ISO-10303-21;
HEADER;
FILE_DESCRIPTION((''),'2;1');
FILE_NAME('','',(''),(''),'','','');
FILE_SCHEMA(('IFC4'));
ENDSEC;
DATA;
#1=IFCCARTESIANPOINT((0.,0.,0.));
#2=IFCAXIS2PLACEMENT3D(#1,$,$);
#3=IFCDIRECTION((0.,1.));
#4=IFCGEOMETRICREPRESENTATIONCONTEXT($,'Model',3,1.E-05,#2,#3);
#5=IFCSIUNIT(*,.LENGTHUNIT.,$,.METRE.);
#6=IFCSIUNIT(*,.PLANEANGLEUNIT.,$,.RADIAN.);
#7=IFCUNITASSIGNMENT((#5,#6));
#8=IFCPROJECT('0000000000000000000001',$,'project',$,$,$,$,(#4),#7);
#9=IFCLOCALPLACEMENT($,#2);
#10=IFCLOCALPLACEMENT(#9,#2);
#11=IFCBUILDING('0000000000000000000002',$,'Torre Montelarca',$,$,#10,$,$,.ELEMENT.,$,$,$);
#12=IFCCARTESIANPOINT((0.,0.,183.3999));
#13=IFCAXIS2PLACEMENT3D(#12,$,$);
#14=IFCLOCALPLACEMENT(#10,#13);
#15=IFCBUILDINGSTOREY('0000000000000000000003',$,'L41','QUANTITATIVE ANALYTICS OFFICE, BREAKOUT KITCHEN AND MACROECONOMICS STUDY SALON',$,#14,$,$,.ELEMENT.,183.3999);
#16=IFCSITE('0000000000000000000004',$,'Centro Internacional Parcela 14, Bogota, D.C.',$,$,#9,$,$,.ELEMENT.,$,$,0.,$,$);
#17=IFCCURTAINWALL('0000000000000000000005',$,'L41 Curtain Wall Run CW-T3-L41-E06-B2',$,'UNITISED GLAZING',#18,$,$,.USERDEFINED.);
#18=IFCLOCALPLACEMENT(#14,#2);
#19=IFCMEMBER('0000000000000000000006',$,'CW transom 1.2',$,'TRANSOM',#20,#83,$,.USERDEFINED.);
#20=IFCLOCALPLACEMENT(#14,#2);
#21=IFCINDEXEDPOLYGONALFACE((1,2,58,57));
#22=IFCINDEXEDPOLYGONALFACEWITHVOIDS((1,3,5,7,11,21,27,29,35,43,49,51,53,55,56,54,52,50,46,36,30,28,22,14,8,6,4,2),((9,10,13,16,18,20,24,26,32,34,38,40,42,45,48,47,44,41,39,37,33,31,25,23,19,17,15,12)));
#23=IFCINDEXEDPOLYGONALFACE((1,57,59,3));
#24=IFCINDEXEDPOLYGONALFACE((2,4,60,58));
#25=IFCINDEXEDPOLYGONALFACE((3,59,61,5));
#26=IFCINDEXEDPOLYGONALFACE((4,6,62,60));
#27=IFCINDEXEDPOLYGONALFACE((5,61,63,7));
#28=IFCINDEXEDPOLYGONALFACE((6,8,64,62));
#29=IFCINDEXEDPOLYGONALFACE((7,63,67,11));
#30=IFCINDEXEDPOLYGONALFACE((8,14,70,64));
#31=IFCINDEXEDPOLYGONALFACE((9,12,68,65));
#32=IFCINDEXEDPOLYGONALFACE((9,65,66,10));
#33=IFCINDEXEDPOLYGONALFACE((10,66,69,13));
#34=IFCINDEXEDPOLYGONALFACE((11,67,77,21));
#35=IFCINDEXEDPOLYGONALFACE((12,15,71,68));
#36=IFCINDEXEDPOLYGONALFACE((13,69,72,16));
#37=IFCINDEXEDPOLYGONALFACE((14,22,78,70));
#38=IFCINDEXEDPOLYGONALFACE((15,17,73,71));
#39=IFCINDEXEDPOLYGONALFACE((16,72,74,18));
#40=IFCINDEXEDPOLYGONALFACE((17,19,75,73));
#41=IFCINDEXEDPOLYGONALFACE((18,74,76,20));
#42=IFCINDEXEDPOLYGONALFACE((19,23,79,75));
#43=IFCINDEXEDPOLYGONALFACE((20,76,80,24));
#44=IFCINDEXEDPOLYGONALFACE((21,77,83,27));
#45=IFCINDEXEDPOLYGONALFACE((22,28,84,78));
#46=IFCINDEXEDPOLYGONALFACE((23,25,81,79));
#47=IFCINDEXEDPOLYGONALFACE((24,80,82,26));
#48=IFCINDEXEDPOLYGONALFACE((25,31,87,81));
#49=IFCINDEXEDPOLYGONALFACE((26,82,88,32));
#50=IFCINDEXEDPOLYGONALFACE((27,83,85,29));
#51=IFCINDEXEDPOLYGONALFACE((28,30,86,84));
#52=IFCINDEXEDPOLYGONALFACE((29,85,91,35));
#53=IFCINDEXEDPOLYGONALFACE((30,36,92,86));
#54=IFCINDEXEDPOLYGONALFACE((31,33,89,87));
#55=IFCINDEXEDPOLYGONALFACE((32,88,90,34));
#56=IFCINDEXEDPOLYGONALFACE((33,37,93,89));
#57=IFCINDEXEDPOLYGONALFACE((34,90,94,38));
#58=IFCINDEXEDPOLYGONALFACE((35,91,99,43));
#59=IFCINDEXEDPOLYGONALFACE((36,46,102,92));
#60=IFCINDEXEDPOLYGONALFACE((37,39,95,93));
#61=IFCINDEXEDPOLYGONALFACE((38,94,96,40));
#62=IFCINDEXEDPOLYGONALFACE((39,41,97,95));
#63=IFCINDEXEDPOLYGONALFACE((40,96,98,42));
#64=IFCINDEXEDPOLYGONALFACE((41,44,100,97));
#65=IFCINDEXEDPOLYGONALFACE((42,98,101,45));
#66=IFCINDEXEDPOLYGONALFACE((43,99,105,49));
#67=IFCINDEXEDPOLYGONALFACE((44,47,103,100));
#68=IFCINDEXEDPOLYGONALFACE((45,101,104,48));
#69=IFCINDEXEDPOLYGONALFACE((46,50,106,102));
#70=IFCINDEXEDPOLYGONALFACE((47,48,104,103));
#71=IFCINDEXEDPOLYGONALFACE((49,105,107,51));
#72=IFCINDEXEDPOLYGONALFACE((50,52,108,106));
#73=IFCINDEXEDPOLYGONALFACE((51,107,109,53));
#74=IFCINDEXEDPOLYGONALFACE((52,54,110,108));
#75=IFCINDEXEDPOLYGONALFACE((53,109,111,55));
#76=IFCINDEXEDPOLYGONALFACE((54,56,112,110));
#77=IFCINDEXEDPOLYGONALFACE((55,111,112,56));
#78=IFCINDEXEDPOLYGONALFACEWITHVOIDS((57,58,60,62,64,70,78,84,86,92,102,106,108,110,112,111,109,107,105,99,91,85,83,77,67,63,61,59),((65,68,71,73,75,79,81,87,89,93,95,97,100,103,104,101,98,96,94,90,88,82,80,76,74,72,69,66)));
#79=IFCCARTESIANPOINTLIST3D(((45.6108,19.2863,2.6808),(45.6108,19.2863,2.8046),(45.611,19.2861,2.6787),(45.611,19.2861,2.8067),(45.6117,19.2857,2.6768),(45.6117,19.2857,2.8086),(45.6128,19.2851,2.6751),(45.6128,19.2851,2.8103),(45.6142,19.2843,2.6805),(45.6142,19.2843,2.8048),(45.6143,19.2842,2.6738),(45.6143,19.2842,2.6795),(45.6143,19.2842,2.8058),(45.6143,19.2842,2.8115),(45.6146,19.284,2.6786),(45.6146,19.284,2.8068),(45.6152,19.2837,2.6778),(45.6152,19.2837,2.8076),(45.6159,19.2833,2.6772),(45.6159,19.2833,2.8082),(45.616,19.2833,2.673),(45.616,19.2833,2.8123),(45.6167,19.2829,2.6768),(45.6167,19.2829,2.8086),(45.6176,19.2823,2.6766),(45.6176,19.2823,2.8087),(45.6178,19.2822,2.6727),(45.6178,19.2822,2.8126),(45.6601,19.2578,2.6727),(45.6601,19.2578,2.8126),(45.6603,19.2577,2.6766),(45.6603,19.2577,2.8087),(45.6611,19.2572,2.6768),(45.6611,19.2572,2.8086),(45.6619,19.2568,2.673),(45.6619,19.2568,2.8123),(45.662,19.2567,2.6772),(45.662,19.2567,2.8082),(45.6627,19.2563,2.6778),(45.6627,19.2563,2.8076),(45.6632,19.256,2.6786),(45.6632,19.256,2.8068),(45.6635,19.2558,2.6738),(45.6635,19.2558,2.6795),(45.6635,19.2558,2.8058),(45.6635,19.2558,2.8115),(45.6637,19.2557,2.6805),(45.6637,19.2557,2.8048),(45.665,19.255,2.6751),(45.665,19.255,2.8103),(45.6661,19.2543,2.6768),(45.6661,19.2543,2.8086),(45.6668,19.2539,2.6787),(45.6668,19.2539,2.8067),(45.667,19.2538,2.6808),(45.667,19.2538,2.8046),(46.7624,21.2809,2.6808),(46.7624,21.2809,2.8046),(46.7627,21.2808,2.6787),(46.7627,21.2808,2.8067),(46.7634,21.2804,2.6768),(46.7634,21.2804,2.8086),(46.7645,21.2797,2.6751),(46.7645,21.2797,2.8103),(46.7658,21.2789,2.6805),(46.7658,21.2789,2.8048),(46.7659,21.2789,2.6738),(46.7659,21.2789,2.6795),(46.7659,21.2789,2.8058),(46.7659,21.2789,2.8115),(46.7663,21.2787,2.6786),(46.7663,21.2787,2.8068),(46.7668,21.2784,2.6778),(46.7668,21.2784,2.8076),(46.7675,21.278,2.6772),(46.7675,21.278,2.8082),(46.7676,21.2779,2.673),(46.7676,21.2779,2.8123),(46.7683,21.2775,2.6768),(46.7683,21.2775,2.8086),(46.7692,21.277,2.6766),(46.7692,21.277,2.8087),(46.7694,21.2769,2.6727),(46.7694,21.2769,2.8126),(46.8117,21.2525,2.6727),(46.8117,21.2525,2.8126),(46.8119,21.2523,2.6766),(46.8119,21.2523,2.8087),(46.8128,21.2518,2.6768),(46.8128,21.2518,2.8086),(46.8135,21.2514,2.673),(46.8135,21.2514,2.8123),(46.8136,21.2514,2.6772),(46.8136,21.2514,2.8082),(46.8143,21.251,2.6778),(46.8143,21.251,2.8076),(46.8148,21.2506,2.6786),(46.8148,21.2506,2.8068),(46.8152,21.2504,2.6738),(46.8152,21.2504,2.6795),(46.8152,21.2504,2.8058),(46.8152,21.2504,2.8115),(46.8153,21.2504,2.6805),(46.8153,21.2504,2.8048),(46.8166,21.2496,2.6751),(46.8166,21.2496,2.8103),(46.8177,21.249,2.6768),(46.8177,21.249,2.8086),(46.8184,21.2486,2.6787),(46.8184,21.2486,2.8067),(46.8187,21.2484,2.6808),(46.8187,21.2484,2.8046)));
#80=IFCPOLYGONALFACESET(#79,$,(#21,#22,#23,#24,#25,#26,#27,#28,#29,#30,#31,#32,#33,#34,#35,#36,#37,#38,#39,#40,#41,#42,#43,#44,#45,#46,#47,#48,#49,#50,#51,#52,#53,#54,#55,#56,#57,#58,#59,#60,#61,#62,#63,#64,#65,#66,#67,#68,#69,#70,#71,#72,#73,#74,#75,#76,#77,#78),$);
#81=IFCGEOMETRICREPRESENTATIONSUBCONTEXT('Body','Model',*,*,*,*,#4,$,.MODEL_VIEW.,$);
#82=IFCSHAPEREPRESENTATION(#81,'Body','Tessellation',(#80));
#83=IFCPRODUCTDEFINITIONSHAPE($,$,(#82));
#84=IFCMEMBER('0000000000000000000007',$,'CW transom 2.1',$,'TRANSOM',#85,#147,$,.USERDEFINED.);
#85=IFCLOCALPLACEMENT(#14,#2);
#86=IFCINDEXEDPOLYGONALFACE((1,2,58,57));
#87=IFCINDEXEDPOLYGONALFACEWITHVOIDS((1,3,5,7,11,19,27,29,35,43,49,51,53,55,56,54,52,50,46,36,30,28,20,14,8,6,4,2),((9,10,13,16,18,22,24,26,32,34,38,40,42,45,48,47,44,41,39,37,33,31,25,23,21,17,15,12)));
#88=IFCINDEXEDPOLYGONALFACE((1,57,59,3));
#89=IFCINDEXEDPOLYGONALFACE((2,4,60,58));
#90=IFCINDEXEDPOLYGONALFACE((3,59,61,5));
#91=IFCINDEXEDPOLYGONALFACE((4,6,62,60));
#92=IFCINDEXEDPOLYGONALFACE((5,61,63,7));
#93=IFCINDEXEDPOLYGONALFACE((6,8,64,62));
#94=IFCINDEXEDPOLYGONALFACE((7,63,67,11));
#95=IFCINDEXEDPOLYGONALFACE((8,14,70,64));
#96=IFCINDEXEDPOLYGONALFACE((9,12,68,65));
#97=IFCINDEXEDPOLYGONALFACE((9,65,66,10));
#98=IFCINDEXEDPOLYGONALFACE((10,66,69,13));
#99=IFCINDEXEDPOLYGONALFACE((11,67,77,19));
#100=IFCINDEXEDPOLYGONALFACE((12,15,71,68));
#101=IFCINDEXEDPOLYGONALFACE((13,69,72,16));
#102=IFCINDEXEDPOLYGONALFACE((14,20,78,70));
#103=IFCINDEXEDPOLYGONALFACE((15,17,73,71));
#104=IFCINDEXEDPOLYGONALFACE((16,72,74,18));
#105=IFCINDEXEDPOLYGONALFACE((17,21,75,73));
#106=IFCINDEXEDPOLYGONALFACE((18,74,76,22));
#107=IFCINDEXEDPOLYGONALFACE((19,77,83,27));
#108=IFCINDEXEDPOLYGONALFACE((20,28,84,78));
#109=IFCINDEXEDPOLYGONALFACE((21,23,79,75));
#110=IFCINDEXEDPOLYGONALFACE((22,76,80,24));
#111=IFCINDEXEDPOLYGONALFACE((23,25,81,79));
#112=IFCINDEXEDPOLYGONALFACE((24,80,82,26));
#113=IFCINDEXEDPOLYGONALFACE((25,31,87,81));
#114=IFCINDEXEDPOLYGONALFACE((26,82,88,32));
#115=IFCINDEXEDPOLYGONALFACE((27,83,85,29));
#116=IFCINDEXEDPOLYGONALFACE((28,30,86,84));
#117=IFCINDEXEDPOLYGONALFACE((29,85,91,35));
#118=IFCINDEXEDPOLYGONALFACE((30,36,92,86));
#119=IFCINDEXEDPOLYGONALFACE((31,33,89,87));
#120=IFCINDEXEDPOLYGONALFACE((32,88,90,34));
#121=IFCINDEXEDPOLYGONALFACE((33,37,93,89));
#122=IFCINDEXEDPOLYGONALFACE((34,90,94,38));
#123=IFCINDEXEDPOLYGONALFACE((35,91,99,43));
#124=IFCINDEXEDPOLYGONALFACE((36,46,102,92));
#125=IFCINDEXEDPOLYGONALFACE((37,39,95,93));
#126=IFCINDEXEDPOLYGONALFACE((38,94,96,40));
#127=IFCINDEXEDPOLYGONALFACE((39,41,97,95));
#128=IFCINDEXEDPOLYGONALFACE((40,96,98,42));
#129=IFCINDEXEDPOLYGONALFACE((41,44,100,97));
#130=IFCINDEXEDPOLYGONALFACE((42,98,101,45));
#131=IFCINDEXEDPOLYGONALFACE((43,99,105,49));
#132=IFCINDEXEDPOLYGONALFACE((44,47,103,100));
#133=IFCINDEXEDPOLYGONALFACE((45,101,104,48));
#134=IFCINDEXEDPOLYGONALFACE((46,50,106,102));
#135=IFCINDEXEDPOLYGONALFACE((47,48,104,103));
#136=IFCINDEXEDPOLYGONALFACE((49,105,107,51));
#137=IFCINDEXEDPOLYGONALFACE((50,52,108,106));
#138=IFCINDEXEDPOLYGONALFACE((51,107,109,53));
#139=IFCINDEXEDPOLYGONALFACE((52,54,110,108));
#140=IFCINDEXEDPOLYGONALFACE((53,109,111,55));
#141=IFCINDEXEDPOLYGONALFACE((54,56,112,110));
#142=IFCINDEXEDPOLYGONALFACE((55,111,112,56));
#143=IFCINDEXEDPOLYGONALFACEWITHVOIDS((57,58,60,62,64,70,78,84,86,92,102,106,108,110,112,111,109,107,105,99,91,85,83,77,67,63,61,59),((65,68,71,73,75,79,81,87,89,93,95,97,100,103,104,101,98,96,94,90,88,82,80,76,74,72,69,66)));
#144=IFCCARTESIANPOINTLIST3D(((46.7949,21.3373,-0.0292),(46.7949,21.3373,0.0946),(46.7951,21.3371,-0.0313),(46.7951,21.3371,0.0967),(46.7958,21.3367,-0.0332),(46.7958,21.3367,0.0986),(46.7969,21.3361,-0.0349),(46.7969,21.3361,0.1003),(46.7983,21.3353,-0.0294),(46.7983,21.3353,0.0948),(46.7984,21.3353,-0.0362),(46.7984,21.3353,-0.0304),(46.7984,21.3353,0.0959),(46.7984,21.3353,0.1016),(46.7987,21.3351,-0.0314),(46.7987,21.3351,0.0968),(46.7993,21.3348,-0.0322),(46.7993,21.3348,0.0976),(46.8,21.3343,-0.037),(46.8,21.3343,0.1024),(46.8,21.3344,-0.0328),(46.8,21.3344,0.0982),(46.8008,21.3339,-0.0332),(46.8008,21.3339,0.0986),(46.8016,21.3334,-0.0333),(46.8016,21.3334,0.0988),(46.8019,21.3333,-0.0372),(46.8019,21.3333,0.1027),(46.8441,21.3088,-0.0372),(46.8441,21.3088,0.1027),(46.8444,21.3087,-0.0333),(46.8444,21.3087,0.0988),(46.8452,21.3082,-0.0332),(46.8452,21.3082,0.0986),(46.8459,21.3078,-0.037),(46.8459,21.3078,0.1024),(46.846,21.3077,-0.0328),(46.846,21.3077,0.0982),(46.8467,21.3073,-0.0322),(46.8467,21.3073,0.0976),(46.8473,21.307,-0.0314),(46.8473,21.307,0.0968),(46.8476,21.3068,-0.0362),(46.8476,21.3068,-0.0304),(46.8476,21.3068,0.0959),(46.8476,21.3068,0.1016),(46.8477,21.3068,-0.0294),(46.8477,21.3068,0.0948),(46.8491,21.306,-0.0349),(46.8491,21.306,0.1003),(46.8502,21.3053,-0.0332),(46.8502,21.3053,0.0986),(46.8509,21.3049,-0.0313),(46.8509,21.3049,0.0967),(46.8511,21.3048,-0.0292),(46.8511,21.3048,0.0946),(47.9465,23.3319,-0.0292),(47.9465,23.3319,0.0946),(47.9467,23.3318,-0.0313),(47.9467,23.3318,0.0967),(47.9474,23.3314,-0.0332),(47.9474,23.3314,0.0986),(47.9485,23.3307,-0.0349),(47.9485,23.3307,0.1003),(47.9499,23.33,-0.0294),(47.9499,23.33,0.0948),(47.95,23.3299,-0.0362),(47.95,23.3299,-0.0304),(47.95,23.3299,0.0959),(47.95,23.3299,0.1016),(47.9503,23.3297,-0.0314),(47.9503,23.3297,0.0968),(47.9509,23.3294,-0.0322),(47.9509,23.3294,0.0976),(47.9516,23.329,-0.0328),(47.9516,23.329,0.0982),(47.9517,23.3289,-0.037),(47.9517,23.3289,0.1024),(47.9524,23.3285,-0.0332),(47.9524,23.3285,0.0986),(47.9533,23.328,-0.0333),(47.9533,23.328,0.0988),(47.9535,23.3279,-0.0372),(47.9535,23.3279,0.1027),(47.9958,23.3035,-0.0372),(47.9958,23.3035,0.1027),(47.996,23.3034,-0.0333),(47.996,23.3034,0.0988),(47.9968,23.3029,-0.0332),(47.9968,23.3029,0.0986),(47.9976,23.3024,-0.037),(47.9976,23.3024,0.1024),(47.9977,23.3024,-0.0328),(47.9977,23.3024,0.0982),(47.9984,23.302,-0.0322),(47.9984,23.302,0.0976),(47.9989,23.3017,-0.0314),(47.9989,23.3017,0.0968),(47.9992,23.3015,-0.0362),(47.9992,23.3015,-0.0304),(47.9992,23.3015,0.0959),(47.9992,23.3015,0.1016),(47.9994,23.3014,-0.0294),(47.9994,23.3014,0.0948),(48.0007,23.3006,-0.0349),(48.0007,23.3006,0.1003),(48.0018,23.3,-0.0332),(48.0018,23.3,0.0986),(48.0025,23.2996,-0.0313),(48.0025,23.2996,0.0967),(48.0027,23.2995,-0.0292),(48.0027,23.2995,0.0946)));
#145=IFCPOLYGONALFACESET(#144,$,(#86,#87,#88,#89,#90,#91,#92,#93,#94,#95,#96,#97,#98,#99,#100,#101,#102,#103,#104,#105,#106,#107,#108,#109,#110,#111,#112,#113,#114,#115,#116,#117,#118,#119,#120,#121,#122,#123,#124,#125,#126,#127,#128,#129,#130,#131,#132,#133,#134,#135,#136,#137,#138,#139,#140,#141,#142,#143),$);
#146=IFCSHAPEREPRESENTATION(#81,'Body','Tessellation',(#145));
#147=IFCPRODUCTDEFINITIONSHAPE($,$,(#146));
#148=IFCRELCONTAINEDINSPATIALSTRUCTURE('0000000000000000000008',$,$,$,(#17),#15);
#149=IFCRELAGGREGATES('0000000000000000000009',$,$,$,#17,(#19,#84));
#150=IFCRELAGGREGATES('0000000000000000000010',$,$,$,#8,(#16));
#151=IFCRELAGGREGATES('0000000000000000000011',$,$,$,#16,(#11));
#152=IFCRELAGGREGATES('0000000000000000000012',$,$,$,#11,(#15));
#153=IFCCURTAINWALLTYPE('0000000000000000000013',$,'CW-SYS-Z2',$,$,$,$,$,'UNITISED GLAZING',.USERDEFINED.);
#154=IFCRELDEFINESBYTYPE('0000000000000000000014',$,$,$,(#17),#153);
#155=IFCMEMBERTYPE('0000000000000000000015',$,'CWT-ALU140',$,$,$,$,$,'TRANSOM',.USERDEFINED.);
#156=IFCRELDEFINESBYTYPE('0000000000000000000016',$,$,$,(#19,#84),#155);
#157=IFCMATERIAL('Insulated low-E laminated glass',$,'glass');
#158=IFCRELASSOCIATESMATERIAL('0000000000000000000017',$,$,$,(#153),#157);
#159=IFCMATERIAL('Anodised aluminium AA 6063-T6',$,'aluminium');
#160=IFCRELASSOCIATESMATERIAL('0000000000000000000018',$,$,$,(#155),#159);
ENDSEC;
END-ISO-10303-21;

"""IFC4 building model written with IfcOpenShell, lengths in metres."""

from ifc_helpers import new_model, si_unit, direction, frame, origin, origin_2d, place, context, subcontext, project, spatial, hollow_rectangle, extrude, source, transform, mapped, material, material_profile, profile_set, type_object, element, aggregate, save


model = new_model("IFC4")

# Units and contexts
model_context = context("Model", 3, precision=1e-05, world=origin(), true_north=direction((0.0, 1.0)))
body_context = subcontext(model_context, "Body", "Model", "MODEL_VIEW")
ifc_project = project(units=[si_unit("LENGTHUNIT", "METRE"), si_unit("PLANEANGLEUNIT", "RADIAN")], contexts=[model_context])

# Site, building, storey
site_placement = place(None, origin())
site = spatial("IfcSite", under=ifc_project, at=site_placement, Name="Centro Internacional Parcela 14, Bogota, D.C.", CompositionType="ELEMENT", RefElevation=0.0)
building_placement = place(site_placement, origin())
building = spatial("IfcBuilding", under=site, at=building_placement, Name="Torre Montelarca", CompositionType="ELEMENT")
storey_placement = place(building_placement, frame((0.0, 0.0, 183.3999)))
storey = spatial("IfcBuildingStorey", under=building, at=storey_placement, Name="L41", Description="QUANTITATIVE ANALYTICS OFFICE, BREAKOUT KITCHEN AND MACROECONOMICS STUDY SALON", CompositionType="ELEMENT", Elevation=183.3999)

# Curtain wall
ifc_material_1 = material(Name="Insulated low-E laminated glass", Category="glass")
curtain_wall_type = type_object("IfcCurtainWallType", Name="CW-SYS-Z2", ElementType="UNITISED GLAZING", PredefinedType="USERDEFINED", material=ifc_material_1)
ifc_material_2 = material(Name="Anodised aluminium AA 6063-T6", Category="aluminium")
curtain_wall_1_placement = place(storey_placement, origin())
curtain_wall_1 = element("IfcCurtainWall", 1, at=curtain_wall_1_placement, inside=storey, type_object=curtain_wall_type, Name="L41 Curtain Wall Run CW-T3-L41-E06-B2", ObjectType="UNITISED GLAZING", PredefinedType="USERDEFINED")

# Members
ifc_material_profile_1 = material_profile(ifc_material_2, hollow_rectangle(XDim=0.0649, YDim=0.1399, WallThickness=0.0039, InnerFilletRadius=0.0039, OuterFilletRadius=0.0081, at=origin_2d()), Name="ALU65X140X4", Category="aluminium")
ifc_profile_set_1 = profile_set([ifc_material_profile_1], Name="Anodised aluminium AA 6063-T6")
member_type_1 = type_object("IfcMemberType", Name="CWT-ALU140", ElementType="TRANSOM", PredefinedType="USERDEFINED", material=ifc_profile_set_1)
shared_shape_1 = source(origin(), body_context, "Body", "SweptSolid", [
    extrude(hollow_rectangle(XDim=0.0649, YDim=0.1399, WallThickness=0.0039, InnerFilletRadius=0.0039, OuterFilletRadius=0.0081, at=origin_2d()), origin(), (0.0, 0.0, 1.0), 2.3032),
])
member_1_placement = place(storey_placement, frame((45.6389, 19.27, 2.7427), z_axis=(0.500004, 0.866023, 0.0), x_axis=(-0.866023, 0.500004, 0.0)))
member_1 = element("IfcMember", 2, at=member_1_placement, type_object=member_type_1, Name="CW transom 1.2", ObjectType="TRANSOM", PredefinedType="USERDEFINED", context=body_context, shape_type="MappedRepresentation", body=[
    mapped(shared_shape_1, transform((0.0, 0.0, 0.0), scale=1.0)),
])
member_2_placement = place(storey_placement, frame((46.823, 21.321, 0.0327), z_axis=(0.500004, 0.866023, 0.0), x_axis=(-0.866023, 0.500004, 0.0)))
member_2 = element("IfcMember", 3, at=member_2_placement, type_object=member_type_1, Name="CW transom 2.1", ObjectType="TRANSOM", PredefinedType="USERDEFINED", context=body_context, shape_type="MappedRepresentation", body=[
    mapped(shared_shape_1, transform((0.0, 0.0, 0.0), scale=1.0)),
])

aggregate(curtain_wall_1, [member_1, member_2])

save(model, "model.ifc")
